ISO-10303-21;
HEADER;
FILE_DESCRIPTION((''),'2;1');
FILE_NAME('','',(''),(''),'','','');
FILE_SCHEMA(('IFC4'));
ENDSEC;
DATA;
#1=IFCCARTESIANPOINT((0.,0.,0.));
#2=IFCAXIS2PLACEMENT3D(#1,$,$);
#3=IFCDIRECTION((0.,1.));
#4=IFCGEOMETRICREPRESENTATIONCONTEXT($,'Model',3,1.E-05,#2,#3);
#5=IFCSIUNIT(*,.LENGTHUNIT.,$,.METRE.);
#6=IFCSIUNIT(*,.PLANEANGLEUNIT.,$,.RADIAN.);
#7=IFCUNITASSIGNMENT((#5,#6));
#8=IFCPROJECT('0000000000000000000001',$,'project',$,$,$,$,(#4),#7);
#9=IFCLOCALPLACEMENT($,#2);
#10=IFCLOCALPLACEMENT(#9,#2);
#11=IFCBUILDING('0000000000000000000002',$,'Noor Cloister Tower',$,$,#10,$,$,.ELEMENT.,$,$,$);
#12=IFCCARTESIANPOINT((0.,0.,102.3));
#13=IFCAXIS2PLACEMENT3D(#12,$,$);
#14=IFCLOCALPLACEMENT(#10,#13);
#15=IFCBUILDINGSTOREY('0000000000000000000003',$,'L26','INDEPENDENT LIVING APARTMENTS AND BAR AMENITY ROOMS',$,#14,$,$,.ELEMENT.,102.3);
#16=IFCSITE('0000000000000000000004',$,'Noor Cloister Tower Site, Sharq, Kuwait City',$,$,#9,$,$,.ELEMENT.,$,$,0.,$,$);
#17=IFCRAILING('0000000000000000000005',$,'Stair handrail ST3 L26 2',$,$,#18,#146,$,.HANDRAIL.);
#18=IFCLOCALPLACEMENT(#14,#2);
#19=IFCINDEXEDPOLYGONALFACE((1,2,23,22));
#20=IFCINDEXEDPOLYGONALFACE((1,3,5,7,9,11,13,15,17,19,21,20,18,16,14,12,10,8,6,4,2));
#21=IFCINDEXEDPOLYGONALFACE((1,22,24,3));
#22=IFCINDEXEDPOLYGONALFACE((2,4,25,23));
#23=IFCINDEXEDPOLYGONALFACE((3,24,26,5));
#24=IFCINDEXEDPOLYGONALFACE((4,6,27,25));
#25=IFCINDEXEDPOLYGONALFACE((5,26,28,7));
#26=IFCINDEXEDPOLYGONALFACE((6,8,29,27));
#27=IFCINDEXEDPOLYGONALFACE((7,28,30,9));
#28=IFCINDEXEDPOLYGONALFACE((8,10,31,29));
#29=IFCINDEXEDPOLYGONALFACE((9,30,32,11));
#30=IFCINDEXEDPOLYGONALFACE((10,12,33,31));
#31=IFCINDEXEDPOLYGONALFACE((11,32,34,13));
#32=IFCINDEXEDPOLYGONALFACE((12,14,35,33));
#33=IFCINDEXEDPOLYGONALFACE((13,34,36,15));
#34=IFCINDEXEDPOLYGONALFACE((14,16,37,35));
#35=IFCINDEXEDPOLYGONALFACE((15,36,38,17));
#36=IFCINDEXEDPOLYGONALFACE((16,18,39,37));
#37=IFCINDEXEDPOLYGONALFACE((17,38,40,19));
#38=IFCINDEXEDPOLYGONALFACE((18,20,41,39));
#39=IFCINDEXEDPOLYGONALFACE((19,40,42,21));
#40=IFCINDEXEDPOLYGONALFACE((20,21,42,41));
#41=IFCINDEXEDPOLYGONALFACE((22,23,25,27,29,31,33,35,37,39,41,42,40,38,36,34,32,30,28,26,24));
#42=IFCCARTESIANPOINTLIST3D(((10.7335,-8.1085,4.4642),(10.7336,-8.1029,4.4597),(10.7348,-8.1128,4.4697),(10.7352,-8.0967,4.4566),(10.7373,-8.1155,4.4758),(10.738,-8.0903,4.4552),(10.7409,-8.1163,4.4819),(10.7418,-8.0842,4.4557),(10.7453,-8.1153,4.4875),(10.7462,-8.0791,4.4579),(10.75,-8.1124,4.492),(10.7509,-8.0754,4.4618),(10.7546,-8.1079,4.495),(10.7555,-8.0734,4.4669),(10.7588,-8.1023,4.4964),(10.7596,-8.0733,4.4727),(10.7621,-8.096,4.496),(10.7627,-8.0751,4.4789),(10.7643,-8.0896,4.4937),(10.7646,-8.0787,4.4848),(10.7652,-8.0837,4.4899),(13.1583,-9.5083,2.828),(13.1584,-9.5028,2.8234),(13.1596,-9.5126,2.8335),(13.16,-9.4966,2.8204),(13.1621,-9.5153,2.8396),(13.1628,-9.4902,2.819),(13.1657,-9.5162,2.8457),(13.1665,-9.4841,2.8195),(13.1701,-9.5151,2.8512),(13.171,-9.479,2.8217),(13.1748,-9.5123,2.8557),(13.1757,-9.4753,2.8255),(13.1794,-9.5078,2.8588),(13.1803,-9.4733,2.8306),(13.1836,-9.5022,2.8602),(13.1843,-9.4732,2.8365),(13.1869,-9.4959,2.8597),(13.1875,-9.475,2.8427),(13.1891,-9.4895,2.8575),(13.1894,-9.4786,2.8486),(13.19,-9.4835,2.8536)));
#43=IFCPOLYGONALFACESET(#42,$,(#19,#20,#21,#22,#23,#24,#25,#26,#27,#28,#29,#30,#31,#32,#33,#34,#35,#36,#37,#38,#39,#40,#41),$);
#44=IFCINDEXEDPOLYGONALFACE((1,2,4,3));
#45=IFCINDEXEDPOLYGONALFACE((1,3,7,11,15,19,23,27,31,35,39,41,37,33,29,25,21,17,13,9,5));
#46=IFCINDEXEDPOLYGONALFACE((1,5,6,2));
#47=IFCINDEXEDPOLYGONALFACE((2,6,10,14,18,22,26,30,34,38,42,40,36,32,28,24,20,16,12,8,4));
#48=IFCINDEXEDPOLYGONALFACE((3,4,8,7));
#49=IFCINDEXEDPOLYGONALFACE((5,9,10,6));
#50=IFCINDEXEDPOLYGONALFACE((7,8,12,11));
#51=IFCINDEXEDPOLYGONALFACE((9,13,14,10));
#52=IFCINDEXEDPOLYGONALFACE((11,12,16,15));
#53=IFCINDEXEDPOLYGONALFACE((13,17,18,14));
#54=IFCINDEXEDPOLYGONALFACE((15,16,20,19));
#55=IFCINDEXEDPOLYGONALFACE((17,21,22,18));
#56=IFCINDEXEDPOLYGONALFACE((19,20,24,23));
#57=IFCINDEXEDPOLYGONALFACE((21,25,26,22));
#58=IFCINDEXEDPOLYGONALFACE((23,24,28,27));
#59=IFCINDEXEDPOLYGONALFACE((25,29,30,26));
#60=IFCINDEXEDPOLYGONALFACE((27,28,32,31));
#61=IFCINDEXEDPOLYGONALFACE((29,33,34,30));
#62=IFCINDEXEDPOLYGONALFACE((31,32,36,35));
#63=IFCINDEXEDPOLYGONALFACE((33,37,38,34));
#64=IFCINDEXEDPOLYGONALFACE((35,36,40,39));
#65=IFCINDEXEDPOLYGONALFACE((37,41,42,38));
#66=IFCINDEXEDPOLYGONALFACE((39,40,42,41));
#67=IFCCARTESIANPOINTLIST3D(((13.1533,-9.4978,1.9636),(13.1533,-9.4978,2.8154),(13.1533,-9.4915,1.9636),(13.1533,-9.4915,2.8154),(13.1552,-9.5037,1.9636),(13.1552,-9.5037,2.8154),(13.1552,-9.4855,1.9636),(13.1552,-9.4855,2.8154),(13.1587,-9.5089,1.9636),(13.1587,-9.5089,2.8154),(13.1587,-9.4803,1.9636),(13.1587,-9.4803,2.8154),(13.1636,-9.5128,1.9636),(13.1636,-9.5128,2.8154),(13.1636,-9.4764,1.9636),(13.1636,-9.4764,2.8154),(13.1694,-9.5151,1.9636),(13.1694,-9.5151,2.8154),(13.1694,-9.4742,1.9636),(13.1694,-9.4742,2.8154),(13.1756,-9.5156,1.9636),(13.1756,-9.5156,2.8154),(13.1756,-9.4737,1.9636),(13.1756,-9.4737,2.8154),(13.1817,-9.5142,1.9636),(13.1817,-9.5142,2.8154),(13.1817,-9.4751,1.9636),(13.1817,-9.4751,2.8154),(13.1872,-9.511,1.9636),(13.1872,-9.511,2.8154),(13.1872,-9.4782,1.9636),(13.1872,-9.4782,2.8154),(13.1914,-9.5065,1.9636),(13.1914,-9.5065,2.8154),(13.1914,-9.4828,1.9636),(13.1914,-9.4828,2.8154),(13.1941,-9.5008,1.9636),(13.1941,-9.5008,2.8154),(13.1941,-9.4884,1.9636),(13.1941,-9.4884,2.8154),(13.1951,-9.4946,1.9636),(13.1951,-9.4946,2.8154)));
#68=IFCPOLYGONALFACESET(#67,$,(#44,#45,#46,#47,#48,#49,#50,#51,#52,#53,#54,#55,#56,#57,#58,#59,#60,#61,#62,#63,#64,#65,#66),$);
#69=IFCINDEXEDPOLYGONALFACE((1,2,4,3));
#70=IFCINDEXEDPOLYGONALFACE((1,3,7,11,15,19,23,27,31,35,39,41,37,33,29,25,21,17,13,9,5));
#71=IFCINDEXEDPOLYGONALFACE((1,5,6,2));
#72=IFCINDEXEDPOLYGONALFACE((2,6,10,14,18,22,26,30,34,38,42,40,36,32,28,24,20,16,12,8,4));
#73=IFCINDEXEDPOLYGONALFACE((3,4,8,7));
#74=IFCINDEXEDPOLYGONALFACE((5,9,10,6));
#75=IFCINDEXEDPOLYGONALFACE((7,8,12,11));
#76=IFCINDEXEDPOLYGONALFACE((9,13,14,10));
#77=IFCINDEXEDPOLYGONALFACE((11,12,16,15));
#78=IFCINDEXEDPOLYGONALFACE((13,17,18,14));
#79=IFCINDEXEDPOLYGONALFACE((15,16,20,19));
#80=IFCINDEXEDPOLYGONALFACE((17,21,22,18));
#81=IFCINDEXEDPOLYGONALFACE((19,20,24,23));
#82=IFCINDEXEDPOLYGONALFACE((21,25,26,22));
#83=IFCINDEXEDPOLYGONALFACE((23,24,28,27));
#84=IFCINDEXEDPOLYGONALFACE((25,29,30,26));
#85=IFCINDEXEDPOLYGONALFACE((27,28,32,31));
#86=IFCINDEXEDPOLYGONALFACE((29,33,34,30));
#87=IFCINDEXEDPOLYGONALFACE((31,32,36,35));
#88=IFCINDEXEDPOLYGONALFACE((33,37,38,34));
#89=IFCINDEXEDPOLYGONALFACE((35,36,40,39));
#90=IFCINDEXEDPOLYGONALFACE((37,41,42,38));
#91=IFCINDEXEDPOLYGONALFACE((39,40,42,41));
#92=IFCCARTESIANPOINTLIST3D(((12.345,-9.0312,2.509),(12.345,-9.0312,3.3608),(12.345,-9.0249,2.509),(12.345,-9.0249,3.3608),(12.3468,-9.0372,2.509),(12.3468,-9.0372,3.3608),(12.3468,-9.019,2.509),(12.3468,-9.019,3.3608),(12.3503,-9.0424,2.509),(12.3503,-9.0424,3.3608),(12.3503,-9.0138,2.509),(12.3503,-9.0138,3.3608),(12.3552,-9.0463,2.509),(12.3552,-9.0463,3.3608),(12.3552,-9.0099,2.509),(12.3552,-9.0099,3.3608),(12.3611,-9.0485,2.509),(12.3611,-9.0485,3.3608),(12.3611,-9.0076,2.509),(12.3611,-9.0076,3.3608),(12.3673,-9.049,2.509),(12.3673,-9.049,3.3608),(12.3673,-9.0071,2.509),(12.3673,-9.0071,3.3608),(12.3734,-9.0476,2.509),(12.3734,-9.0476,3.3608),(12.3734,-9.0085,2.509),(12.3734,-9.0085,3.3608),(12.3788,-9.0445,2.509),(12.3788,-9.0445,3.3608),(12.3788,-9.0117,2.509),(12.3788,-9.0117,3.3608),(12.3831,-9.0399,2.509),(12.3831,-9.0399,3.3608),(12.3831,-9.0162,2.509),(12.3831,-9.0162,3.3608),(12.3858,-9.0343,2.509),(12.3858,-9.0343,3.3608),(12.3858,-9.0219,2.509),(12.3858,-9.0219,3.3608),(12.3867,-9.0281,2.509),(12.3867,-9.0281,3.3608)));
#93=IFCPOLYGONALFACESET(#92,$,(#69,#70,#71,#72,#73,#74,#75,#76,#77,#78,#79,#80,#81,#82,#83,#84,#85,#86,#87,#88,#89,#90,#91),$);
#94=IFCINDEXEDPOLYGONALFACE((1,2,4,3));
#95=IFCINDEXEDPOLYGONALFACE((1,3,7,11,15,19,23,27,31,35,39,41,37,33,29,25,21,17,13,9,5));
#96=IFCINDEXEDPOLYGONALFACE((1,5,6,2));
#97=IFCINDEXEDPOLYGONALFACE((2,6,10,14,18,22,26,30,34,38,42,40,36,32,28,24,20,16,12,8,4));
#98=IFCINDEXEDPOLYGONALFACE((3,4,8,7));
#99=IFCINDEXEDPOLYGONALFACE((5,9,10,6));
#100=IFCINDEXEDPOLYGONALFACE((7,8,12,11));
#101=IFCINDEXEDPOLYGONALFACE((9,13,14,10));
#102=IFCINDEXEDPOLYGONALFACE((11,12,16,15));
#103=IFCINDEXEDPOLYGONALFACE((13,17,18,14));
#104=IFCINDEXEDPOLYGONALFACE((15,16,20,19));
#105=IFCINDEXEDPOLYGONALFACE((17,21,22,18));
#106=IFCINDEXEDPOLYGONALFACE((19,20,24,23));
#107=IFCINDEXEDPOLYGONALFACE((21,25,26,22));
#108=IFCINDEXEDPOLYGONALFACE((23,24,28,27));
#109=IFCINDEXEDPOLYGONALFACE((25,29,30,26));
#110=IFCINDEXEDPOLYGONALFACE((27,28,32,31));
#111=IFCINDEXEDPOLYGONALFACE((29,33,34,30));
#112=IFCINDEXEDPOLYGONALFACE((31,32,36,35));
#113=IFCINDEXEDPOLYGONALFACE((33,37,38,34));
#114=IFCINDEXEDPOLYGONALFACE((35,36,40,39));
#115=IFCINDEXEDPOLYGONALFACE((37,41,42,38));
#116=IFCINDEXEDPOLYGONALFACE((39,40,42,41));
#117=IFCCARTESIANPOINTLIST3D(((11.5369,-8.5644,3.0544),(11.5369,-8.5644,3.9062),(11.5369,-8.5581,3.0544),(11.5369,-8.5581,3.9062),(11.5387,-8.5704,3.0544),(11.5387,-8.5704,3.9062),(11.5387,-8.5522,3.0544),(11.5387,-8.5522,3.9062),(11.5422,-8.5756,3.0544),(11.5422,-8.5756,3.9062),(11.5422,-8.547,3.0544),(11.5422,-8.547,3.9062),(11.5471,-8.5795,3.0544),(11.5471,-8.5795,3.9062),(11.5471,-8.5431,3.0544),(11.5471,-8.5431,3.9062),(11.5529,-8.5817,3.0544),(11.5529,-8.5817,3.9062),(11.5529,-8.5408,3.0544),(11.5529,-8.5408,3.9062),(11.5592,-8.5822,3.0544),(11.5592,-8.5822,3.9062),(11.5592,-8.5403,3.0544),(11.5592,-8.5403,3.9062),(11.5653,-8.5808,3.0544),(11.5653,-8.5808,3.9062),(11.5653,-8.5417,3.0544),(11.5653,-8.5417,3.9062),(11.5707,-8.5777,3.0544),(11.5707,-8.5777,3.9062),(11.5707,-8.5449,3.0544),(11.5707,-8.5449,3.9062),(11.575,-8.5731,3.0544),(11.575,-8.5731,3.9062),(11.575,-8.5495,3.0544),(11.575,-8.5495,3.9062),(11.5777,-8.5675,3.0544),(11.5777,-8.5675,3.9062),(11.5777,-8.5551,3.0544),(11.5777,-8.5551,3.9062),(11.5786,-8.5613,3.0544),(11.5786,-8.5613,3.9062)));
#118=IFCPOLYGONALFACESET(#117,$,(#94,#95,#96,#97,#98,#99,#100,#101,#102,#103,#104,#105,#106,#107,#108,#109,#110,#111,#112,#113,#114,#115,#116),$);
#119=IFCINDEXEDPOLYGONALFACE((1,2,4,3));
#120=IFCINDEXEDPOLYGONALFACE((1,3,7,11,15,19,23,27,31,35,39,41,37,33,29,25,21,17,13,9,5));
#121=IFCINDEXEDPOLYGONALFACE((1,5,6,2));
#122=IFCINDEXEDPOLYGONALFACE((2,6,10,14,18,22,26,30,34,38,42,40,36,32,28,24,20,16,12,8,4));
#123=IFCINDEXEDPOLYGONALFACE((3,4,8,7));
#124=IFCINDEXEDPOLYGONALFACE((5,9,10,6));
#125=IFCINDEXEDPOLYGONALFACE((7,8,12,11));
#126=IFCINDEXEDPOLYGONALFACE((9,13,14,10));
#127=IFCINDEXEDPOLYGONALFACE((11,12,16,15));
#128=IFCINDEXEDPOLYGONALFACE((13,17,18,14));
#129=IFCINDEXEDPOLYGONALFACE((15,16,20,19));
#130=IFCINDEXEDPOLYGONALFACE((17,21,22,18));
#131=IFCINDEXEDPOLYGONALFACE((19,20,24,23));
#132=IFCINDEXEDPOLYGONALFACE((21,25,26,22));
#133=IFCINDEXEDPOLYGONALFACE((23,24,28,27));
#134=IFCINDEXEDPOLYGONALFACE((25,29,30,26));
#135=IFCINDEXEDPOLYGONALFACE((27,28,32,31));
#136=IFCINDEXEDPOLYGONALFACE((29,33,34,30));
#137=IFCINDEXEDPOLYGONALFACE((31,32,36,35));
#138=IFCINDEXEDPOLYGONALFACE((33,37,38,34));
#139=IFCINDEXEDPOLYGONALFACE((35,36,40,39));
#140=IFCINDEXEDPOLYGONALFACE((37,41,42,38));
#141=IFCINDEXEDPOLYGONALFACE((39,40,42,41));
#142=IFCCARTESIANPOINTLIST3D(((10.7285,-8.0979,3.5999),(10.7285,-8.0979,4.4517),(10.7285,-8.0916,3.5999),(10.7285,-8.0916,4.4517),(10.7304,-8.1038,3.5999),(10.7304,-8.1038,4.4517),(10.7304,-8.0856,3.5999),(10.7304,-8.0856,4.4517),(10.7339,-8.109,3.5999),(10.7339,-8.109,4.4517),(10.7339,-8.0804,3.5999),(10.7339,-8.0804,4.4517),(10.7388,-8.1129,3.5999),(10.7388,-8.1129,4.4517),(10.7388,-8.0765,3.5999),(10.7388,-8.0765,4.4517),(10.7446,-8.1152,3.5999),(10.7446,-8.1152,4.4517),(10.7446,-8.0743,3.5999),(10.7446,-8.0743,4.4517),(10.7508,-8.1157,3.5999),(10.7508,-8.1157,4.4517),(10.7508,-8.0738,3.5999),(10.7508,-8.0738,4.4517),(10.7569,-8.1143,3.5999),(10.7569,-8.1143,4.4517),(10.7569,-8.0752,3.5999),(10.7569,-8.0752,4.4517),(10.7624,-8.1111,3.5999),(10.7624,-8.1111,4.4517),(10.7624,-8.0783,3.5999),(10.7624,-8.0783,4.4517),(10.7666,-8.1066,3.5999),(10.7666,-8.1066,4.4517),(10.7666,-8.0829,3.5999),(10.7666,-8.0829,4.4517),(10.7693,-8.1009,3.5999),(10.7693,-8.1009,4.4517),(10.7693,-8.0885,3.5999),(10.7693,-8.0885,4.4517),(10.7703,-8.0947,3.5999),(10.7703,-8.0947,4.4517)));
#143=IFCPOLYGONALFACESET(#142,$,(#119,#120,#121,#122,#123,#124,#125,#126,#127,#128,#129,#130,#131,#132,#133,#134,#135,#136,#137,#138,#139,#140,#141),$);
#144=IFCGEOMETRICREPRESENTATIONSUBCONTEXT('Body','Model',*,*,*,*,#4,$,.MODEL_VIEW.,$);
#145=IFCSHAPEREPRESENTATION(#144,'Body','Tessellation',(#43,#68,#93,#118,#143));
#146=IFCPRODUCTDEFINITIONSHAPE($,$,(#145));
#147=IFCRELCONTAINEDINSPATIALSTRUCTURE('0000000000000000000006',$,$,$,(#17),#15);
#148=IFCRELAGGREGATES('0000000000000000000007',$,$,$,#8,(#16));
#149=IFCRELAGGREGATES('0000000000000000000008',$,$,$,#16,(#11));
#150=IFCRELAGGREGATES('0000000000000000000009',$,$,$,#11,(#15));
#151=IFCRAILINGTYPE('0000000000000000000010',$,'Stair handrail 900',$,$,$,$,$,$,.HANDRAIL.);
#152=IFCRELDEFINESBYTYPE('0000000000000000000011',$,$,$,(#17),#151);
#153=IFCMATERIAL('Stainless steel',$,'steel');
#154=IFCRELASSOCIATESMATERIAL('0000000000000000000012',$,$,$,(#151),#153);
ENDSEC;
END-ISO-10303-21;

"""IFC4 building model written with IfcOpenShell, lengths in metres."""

from ifc_helpers import new_model, si_unit, direction, frame, origin, origin_2d, place, context, subcontext, project, spatial, circle, extrude, material, type_object, element, save


model = new_model("IFC4")

# Units and contexts
model_context = context("Model", 3, precision=1e-05, world=origin(), true_north=direction((0.0, 1.0)))
body_context = subcontext(model_context, "Body", "Model", "MODEL_VIEW")
ifc_project = project(units=[si_unit("LENGTHUNIT", "METRE"), si_unit("PLANEANGLEUNIT", "RADIAN")], contexts=[model_context])

# Site, building, storey
site_placement = place(None, origin())
site = spatial("IfcSite", under=ifc_project, at=site_placement, Name="Noor Cloister Tower Site, Sharq, Kuwait City", CompositionType="ELEMENT", RefElevation=0.0)
building_placement = place(site_placement, origin())
building = spatial("IfcBuilding", under=site, at=building_placement, Name="Noor Cloister Tower", CompositionType="ELEMENT")
storey_placement = place(building_placement, frame((0.0, 0.0, 102.3)))
storey = spatial("IfcBuildingStorey", under=building, at=storey_placement, Name="L26", Description="INDEPENDENT LIVING APARTMENTS AND BAR AMENITY ROOMS", CompositionType="ELEMENT", Elevation=102.3)

# Railing
ifc_material_1 = material(Name="Stainless steel", Category="steel")
railing_type = type_object("IfcRailingType", Name="Stair handrail 900", PredefinedType="HANDRAIL", material=ifc_material_1)
railing_placement = place(storey_placement, frame((13.1741, -9.4946, 1.9636)))
element("IfcRailing", 1, at=railing_placement, inside=storey, type_object=railing_type, Name="Stair handrail ST3 L26 2", PredefinedType="HANDRAIL", context=body_context, shape_type="SweptSolid", body=[
    extrude(circle(Radius=0.0239, at=origin_2d()), frame((0.0, 0.0, 0.876), z_axis=(-0.747718, 0.431677, 0.504552), x_axis=(-0.499984, -0.866035, 0.0)), (0.0, 0.0, 1.0), 3.2429),
    extrude(circle(Radius=0.021, at=origin_2d()), origin(), (0.0, 0.0, 1.0), 0.8518),
    extrude(circle(Radius=0.021, at=origin_2d()), frame((-0.8083, 0.4666, 0.5454)), (0.0, 0.0, 1.0), 0.8518),
    extrude(circle(Radius=0.021, at=origin_2d()), frame((-1.6165, 0.9333, 1.0908)), (0.0, 0.0, 1.0), 0.8518),
    extrude(circle(Radius=0.021, at=origin_2d()), frame((-2.4248, 1.3999, 1.6362)), (0.0, 0.0, 1.0), 0.8518),
])

save(model, "model.ifc")
